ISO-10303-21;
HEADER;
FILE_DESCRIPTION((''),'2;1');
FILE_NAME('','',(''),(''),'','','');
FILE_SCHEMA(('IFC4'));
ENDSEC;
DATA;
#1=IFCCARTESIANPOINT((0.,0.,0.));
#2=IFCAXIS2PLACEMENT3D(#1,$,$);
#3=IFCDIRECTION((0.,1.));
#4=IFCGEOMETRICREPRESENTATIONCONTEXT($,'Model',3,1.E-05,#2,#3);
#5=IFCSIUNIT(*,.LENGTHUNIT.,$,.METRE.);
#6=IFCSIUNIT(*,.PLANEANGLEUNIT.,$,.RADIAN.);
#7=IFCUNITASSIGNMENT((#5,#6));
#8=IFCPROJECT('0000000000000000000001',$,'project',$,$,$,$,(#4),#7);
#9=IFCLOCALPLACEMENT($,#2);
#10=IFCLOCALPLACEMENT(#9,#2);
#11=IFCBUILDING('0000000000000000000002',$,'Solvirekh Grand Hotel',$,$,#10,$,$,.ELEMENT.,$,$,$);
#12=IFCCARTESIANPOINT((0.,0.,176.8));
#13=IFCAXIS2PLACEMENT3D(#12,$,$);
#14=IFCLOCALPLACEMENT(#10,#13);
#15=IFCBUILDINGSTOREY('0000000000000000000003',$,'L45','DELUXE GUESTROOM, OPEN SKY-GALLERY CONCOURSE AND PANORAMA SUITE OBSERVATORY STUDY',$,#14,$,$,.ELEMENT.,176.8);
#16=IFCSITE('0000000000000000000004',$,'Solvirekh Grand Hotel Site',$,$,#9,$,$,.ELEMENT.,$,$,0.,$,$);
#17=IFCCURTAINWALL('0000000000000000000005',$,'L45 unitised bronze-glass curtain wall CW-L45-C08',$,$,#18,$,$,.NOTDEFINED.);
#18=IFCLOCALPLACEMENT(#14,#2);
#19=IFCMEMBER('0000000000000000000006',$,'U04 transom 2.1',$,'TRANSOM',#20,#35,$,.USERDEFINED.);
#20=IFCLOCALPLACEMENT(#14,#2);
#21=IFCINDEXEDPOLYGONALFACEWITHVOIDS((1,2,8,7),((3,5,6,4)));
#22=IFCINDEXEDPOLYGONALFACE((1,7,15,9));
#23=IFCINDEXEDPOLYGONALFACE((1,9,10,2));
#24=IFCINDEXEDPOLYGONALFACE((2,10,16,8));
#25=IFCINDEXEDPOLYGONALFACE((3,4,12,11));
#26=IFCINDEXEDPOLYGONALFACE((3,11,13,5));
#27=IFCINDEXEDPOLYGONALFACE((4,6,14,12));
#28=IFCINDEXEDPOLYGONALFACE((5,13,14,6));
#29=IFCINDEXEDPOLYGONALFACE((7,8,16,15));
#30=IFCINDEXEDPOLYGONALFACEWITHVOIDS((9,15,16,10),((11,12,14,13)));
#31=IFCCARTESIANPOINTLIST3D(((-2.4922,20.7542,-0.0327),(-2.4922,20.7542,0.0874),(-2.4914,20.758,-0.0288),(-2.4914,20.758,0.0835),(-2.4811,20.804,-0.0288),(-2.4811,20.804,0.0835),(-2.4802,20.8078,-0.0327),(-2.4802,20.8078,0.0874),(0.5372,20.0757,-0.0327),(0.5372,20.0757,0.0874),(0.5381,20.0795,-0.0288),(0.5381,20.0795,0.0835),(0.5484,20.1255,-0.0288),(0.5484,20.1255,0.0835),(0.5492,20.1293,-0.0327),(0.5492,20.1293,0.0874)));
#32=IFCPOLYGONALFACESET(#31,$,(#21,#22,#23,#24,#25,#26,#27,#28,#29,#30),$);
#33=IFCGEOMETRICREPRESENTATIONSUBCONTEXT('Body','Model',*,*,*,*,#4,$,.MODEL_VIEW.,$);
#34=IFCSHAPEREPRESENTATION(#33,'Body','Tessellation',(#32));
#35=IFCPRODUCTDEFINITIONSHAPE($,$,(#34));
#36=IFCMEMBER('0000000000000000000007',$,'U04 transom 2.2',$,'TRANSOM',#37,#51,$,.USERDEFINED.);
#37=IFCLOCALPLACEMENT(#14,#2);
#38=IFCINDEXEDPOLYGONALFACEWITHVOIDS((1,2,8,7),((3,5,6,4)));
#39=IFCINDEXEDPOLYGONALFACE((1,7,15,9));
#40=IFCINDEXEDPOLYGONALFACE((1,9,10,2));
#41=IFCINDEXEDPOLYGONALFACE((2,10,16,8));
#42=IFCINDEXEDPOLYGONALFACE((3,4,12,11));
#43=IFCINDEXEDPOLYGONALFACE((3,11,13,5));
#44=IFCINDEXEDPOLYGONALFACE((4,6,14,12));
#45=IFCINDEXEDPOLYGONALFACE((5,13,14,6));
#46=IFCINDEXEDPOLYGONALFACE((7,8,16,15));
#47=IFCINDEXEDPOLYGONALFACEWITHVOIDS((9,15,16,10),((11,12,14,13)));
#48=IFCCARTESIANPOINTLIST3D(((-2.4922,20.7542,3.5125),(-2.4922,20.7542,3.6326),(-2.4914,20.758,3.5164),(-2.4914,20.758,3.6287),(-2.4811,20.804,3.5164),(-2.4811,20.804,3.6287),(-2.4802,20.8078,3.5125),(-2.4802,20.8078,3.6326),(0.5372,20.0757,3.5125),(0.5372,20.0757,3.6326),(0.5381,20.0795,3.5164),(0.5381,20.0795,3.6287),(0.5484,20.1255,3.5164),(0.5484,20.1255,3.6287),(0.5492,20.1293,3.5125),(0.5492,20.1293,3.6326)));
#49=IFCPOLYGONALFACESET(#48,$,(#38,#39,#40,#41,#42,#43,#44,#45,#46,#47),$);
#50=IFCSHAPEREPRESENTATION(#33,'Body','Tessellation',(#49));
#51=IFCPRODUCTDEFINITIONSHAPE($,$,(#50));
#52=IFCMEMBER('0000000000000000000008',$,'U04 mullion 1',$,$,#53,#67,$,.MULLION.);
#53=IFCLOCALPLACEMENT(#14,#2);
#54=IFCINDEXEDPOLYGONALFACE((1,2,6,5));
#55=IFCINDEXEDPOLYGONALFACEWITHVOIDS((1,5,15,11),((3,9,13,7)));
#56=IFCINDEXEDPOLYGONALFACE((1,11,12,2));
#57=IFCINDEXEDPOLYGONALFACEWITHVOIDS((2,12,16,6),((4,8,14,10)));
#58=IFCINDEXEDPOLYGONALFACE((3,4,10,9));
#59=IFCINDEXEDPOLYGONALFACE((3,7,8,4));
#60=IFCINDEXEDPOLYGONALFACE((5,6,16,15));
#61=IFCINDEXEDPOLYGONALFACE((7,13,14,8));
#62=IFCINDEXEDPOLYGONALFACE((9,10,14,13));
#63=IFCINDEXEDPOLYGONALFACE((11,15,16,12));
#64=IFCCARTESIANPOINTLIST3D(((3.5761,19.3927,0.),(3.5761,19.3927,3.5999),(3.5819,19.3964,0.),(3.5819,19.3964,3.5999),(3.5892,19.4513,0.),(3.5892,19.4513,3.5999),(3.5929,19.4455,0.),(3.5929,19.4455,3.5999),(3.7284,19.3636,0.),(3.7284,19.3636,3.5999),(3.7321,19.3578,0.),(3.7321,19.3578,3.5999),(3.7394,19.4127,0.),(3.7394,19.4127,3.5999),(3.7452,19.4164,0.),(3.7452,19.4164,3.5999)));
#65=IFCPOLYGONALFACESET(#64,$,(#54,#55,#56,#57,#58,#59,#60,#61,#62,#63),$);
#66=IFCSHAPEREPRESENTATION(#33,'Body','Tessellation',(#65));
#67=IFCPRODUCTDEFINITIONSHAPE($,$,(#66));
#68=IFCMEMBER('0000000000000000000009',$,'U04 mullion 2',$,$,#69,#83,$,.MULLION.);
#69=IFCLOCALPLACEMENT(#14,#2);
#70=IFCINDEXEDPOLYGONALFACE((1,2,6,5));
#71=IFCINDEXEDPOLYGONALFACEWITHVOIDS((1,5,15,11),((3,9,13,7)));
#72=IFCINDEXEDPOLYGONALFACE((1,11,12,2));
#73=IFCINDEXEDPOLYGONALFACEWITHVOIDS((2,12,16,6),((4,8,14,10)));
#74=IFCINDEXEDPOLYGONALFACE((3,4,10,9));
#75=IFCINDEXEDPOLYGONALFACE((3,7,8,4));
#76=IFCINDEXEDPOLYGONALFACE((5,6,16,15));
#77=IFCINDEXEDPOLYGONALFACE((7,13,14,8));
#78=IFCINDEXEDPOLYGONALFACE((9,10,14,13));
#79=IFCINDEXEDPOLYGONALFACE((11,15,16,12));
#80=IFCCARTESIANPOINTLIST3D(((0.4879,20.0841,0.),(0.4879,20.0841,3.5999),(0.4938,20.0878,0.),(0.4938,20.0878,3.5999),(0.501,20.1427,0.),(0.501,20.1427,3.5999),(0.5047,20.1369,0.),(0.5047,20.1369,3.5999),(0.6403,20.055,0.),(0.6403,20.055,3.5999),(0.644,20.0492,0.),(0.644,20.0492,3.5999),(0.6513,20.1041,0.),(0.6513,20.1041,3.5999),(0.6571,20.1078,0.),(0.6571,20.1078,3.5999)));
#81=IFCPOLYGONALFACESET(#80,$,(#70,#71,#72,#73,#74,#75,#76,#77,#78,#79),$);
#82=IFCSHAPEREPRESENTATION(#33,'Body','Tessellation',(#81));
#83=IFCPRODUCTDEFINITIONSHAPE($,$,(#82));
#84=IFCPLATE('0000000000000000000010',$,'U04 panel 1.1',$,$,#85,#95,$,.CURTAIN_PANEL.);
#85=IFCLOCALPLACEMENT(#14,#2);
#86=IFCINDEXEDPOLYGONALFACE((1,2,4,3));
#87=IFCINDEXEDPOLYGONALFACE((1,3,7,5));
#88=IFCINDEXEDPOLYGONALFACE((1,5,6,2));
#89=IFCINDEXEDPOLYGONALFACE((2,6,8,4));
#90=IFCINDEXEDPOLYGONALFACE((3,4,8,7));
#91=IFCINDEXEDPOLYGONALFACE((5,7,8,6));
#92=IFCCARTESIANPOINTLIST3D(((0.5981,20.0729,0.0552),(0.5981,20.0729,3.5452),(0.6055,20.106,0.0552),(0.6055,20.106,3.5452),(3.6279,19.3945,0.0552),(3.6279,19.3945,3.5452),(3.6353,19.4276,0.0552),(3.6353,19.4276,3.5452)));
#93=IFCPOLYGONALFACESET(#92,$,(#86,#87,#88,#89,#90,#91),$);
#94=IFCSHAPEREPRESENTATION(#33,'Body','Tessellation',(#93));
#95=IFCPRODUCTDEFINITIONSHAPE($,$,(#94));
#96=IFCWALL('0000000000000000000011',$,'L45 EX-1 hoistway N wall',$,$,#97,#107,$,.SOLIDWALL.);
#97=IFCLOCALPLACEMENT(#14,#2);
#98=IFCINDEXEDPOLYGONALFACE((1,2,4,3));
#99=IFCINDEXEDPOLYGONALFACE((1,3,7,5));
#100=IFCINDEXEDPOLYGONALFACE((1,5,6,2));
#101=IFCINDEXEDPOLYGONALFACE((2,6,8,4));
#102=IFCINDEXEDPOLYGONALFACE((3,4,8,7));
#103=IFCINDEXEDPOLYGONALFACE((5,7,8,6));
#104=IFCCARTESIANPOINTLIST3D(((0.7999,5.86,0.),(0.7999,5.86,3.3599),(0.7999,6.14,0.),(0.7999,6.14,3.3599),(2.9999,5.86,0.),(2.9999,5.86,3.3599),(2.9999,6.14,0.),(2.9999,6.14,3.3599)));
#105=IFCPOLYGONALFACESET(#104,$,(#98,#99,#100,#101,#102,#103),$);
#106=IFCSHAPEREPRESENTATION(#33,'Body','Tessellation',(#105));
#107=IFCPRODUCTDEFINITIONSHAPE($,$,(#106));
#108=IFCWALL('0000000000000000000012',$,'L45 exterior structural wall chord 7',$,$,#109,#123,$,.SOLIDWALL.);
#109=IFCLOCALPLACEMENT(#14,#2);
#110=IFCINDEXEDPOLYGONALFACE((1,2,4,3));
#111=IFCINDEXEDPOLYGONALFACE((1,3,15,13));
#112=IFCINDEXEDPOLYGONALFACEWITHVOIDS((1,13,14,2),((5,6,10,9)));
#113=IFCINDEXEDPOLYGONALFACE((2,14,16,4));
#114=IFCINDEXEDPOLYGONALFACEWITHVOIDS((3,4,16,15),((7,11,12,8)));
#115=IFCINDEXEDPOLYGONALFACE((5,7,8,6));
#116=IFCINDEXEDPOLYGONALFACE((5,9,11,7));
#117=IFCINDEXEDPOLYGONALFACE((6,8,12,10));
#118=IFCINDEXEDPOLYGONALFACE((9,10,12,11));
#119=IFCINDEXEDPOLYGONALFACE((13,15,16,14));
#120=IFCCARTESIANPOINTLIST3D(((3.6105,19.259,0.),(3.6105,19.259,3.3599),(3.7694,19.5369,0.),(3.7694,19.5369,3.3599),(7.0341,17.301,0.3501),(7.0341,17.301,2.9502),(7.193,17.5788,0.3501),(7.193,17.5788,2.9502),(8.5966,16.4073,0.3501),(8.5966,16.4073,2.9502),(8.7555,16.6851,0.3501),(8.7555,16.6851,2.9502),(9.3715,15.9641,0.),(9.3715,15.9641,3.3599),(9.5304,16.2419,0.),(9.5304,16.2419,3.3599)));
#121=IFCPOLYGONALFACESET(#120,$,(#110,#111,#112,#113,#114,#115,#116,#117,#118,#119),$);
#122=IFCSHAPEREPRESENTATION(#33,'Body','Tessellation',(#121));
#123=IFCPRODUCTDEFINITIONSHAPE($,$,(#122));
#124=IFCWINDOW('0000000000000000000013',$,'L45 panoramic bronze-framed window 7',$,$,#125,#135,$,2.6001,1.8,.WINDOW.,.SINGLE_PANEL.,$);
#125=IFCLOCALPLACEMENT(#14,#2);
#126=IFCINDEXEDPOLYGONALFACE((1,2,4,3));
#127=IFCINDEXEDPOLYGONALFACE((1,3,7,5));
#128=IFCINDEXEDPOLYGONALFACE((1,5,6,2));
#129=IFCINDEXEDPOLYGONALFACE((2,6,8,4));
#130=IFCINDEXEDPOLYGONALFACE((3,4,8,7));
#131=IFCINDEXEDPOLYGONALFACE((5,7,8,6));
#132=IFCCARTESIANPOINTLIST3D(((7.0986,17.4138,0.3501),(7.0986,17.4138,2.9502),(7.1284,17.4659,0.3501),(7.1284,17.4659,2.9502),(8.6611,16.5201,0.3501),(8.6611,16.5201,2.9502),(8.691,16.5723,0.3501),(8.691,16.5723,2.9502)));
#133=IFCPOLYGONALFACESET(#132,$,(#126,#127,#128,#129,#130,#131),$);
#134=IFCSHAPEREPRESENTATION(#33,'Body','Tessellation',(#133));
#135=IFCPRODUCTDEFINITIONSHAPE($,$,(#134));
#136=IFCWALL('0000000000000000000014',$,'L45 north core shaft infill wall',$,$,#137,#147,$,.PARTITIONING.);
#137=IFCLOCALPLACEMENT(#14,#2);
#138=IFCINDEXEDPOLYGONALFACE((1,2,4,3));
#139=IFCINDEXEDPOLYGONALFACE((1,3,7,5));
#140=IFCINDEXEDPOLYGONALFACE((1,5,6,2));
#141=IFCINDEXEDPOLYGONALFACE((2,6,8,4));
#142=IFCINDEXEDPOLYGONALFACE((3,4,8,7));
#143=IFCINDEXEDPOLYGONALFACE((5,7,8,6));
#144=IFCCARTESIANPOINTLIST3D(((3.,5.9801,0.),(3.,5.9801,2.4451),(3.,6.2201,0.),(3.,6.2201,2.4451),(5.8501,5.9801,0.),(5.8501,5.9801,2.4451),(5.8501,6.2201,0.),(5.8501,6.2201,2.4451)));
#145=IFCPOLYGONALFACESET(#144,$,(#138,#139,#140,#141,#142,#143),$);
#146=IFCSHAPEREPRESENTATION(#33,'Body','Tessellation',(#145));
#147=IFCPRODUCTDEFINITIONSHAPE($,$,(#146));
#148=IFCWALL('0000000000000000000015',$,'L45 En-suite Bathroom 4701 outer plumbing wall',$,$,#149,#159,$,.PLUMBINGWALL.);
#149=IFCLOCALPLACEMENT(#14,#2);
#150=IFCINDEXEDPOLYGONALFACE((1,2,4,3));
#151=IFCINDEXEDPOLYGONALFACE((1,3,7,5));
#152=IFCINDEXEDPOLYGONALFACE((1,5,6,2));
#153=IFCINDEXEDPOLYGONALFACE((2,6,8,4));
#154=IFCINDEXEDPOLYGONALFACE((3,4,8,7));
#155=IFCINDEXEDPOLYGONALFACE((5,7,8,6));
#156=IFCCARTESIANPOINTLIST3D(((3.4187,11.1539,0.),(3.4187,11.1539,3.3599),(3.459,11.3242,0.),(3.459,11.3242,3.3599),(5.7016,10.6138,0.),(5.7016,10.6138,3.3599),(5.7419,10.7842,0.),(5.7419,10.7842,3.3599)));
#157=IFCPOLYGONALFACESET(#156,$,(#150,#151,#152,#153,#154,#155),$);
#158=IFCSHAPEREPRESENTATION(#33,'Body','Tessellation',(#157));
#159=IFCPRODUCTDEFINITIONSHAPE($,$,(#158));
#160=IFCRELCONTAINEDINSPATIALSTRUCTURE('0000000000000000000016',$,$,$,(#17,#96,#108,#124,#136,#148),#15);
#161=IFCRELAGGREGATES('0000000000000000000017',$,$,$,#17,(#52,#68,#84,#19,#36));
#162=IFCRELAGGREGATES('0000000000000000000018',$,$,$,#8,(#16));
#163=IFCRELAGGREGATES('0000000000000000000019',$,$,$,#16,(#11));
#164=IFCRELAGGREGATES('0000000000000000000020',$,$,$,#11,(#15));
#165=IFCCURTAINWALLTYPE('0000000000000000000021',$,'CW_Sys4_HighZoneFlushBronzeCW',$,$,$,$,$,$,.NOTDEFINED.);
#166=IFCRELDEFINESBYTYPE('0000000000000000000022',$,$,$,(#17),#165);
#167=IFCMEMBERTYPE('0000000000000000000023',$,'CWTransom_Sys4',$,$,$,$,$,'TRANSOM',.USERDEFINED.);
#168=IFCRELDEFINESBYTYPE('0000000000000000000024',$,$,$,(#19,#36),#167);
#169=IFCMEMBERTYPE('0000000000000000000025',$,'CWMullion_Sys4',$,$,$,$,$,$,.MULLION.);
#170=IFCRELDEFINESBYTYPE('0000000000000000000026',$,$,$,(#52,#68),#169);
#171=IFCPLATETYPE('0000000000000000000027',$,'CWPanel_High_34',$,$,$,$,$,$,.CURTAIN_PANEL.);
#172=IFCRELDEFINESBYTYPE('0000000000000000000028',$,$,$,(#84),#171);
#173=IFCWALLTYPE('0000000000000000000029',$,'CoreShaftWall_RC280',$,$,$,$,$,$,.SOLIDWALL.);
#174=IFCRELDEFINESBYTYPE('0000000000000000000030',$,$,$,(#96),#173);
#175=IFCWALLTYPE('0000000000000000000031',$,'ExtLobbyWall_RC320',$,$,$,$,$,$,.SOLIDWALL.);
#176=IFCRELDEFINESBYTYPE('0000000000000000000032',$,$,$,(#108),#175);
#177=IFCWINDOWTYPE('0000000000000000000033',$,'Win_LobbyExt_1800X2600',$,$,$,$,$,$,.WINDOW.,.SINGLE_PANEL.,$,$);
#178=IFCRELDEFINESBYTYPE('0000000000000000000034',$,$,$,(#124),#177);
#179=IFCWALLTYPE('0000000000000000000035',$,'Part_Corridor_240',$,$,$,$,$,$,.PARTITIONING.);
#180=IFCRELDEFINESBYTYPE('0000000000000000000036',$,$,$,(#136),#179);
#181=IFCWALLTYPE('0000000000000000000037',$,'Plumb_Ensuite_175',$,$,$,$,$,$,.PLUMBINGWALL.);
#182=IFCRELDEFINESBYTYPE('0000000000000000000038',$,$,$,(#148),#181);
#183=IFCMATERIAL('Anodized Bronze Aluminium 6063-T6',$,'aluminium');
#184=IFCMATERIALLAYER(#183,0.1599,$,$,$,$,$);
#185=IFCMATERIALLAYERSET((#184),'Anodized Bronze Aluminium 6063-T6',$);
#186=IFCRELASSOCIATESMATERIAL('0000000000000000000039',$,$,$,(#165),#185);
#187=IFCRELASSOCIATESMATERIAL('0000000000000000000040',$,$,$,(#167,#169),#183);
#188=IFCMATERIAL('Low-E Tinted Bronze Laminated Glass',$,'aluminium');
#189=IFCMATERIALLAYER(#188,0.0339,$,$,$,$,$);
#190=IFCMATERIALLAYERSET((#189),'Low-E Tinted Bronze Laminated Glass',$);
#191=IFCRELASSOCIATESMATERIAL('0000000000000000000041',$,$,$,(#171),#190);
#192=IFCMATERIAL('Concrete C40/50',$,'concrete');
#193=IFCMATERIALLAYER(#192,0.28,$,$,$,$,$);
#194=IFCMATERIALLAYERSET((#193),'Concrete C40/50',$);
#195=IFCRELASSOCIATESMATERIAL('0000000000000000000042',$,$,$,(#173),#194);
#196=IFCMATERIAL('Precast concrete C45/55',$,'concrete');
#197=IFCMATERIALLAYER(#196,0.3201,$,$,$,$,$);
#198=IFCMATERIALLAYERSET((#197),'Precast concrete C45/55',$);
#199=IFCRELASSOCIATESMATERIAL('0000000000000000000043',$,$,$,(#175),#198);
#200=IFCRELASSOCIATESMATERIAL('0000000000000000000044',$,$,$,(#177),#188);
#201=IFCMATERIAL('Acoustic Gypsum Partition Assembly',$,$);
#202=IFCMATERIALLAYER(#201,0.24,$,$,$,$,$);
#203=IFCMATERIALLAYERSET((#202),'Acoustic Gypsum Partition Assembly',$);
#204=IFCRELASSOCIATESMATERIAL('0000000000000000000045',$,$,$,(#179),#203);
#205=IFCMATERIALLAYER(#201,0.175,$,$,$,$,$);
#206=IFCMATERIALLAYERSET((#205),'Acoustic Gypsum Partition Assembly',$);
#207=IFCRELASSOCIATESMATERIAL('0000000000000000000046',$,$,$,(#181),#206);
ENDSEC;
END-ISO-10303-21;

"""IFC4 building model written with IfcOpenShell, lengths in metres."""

from ifc_helpers import new_model, si_unit, direction, frame, frame_2d, origin, origin_2d, place, context, subcontext, project, spatial, rectangle, hollow_rectangle, extrude, source, transform, mapped, material, layer, layer_set, material_profile, profile_set, type_object, element, fill, aggregate, save


model = new_model("IFC4")

# Units and contexts
model_context = context("Model", 3, precision=1e-05, world=origin(), true_north=direction((0.0, 1.0)))
body_context = subcontext(model_context, "Body", "Model", "MODEL_VIEW")
ifc_project = project(units=[si_unit("LENGTHUNIT", "METRE"), si_unit("PLANEANGLEUNIT", "RADIAN")], contexts=[model_context])

# Site, building, storey
site_placement = place(None, origin())
site = spatial("IfcSite", under=ifc_project, at=site_placement, Name="Solvirekh Grand Hotel Site", CompositionType="ELEMENT", RefElevation=0.0)
building_placement = place(site_placement, origin())
building = spatial("IfcBuilding", under=site, at=building_placement, Name="Solvirekh Grand Hotel", CompositionType="ELEMENT")
storey_placement = place(building_placement, frame((0.0, 0.0, 176.8)))
storey = spatial("IfcBuildingStorey", under=building, at=storey_placement, Name="L45", Description="DELUXE GUESTROOM, OPEN SKY-GALLERY CONCOURSE AND PANORAMA SUITE OBSERVATORY STUDY", CompositionType="ELEMENT", Elevation=176.8)

# Curtain wall, members, plate
ifc_material_1 = material(Name="Anodized Bronze Aluminium 6063-T6", Category="aluminium")
ifc_layer_1 = layer(ifc_material_1, 0.1599)
ifc_layer_set_1 = layer_set([ifc_layer_1], Name="Anodized Bronze Aluminium 6063-T6")
curtain_wall_type = type_object("IfcCurtainWallType", Name="CW_Sys4_HighZoneFlushBronzeCW", PredefinedType="NOTDEFINED", material=ifc_layer_set_1)
curtain_wall_placement = place(storey_placement, origin())
curtain_wall = element("IfcCurtainWall", 1, at=curtain_wall_placement, inside=storey, type_object=curtain_wall_type, Name="L45 unitised bronze-glass curtain wall CW-L45-C08", PredefinedType="NOTDEFINED")
ifc_material_profile_1 = material_profile(ifc_material_1, hollow_rectangle(XDim=0.0549, YDim=0.1201, WallThickness=0.0039, at=origin_2d()), Name="ALU RHS 120X55X4")
ifc_profile_set_1 = profile_set([ifc_material_profile_1], Name="Anodized Bronze Aluminium 6063-T6")
member_type_1 = type_object("IfcMemberType", Name="CWTransom_Sys4", ElementType="TRANSOM", PredefinedType="USERDEFINED", material=ifc_profile_set_1)
shared_shape_1 = source(origin(), body_context, "Body", "SweptSolid", [
    extrude(hollow_rectangle(XDim=0.0549, YDim=0.1201, WallThickness=0.0039, at=origin_2d()), origin(), (0.0, 0.0, 1.0), 3.1045),
])
member_1_placement = place(storey_placement, frame((0.5432, 20.1025, 0.0273), z_axis=(-0.975829, 0.218537, 0.0), x_axis=(-0.218537, -0.975829, 0.0)))
member_1 = element("IfcMember", 2, at=member_1_placement, type_object=member_type_1, Name="U04 transom 2.1", ObjectType="TRANSOM", PredefinedType="USERDEFINED", context=body_context, shape_type="MappedRepresentation", body=[
    mapped(shared_shape_1, transform((0.0, 0.0, 0.0), x_axis=(1.0, 0.0, 0.0), y_axis=(0.0, 1.0, 0.0), z_axis=(0.0, 0.0, 1.0), scale=1.0)),
])
member_2_placement = place(storey_placement, frame((0.5432, 20.1025, 3.5725), z_axis=(-0.975829, 0.218537, 0.0), x_axis=(-0.218537, -0.975829, 0.0)))
member_2 = element("IfcMember", 3, at=member_2_placement, type_object=member_type_1, Name="U04 transom 2.2", ObjectType="TRANSOM", PredefinedType="USERDEFINED", context=body_context, shape_type="MappedRepresentation", body=[
    mapped(shared_shape_1, transform((0.0, 0.0, 0.0), x_axis=(1.0, 0.0, 0.0), y_axis=(0.0, 1.0, 0.0), z_axis=(0.0, 0.0, 1.0), scale=1.0)),
])
ifc_material_profile_2 = material_profile(ifc_material_1, hollow_rectangle(XDim=0.0601, YDim=0.1599, WallThickness=0.0049, at=origin_2d()), Name="ALU RHS 160X60X5")
ifc_profile_set_2 = profile_set([ifc_material_profile_2], Name="Anodized Bronze Aluminium 6063-T6")
member_type_2 = type_object("IfcMemberType", Name="CWMullion_Sys4", PredefinedType="MULLION", material=ifc_profile_set_2)
shared_shape_2 = source(origin(), body_context, "Body", "SweptSolid", [
    extrude(hollow_rectangle(XDim=0.0601, YDim=0.1599, WallThickness=0.0049, at=origin_2d()), origin(), (0.0, 0.0, 1.0), 3.5999),
])
member_3_placement = place(storey_placement, frame((3.6606, 19.4045, 0.0), z_axis=(0.0, 0.0, 1.0), x_axis=(-0.218488, -0.97584, 0.0)))
member_3 = element("IfcMember", 4, at=member_3_placement, type_object=member_type_2, Name="U04 mullion 1", PredefinedType="MULLION", context=body_context, shape_type="MappedRepresentation", body=[
    mapped(shared_shape_2, transform((0.0, 0.0, 0.0), x_axis=(1.0, 0.0, 0.0), y_axis=(0.0, 1.0, 0.0), z_axis=(0.0, 0.0, 1.0), scale=1.0)),
])
member_4_placement = place(storey_placement, frame((0.5725, 20.0959, 0.0), z_axis=(0.0, 0.0, 1.0), x_axis=(-0.218488, -0.97584, 0.0)))
member_4 = element("IfcMember", 5, at=member_4_placement, type_object=member_type_2, Name="U04 mullion 2", PredefinedType="MULLION", context=body_context, shape_type="MappedRepresentation", body=[
    mapped(shared_shape_2, transform((0.0, 0.0, 0.0), x_axis=(1.0, 0.0, 0.0), y_axis=(0.0, 1.0, 0.0), z_axis=(0.0, 0.0, 1.0), scale=1.0)),
])
ifc_material_2 = material(Name="Low-E Tinted Bronze Laminated Glass", Category="aluminium")
ifc_layer_2 = layer(ifc_material_2, 0.0339)
ifc_layer_set_2 = layer_set([ifc_layer_2], Name="Low-E Tinted Bronze Laminated Glass")
plate_type = type_object("IfcPlateType", Name="CWPanel_High_34", PredefinedType="CURTAIN_PANEL", material=ifc_layer_set_2)
shared_shape_3 = source(origin(), body_context, "Body", "SweptSolid", [
    extrude(rectangle(XDim=3.1047, YDim=0.0339, at=origin_2d()), origin(), (0.0, 0.0, 1.0), 3.49),
])
plate_placement = place(storey_placement, frame((2.1167, 19.7502, 0.0552), z_axis=(0.0, 0.0, 1.0), x_axis=(-0.97584, 0.218488, 0.0)))
plate = element("IfcPlate", 6, at=plate_placement, type_object=plate_type, Name="U04 panel 1.1", PredefinedType="CURTAIN_PANEL", context=body_context, shape_type="MappedRepresentation", body=[
    mapped(shared_shape_3, transform((0.0, 0.0, 0.0), x_axis=(1.0, 0.0, 0.0), y_axis=(0.0, 1.0, 0.0), z_axis=(0.0, 0.0, 1.0), scale=1.0)),
])
aggregate(curtain_wall, [member_3, member_4, plate, member_1, member_2])

# Wall
ifc_material_3 = material(Name="Concrete C40/50", Category="concrete")
ifc_layer_3 = layer(ifc_material_3, 0.28)
ifc_layer_set_3 = layer_set([ifc_layer_3], Name="Concrete C40/50")
wall_type_1 = type_object("IfcWallType", Name="CoreShaftWall_RC280", PredefinedType="SOLIDWALL", material=ifc_layer_set_3)
wall_1_placement = place(storey_placement, frame((3.0, 6.0, 0.0), z_axis=(0.0, 0.0, 1.0), x_axis=(-1.0, 0.0, 0.0)))
element("IfcWall", 7, at=wall_1_placement, inside=storey, type_object=wall_type_1, Name="L45 EX-1 hoistway N wall", PredefinedType="SOLIDWALL", context=body_context, shape_type="SweptSolid", body=[
    extrude(rectangle(XDim=2.2, YDim=0.28, at=frame_2d((1.1001, 0.0))), origin(), (0.0, 0.0, 1.0), 3.3599),
])

# Wall, opening, window
ifc_material_4 = material(Name="Precast concrete C45/55", Category="concrete")
ifc_layer_4 = layer(ifc_material_4, 0.3201)
ifc_layer_set_4 = layer_set([ifc_layer_4], Name="Precast concrete C45/55")
wall_type_2 = type_object("IfcWallType", Name="ExtLobbyWall_RC320", PredefinedType="SOLIDWALL", material=ifc_layer_set_4)
wall_2_placement = place(storey_placement, frame((3.6899, 19.3979, 0.0), z_axis=(0.0, 0.0, 1.0), x_axis=(0.868053, -0.496472, 0.0)))
wall_2 = element("IfcWall", 8, at=wall_2_placement, inside=storey, type_object=wall_type_2, Name="L45 exterior structural wall chord 7", PredefinedType="SOLIDWALL", context=body_context, shape_type="SweptSolid", body=[
    extrude(rectangle(XDim=6.6367, YDim=0.3201, at=frame_2d((3.3184, 0.0))), origin(), (0.0, 0.0, 1.0), 3.3599),
])
opening_1_placement = place(wall_2_placement, frame((3.9441, 0.0, 0.3501)))
opening_1 = element("IfcOpeningElement", 9, at=opening_1_placement, cuts=wall_2, PredefinedType="OPENING", context=body_context, shape_type="SweptSolid", body=[
    extrude(rectangle(XDim=1.8, YDim=2.6001, at=frame_2d((0.8999, 1.3))), frame((0.0, 0.1699, 0.0), z_axis=(0.0, -1.0, 0.0), x_axis=(1.0, 0.0, 0.0)), (0.0, 0.0, 1.0), 0.3401),
])
window_type = type_object("IfcWindowType", Name="Win_LobbyExt_1800X2600", PartitioningType="SINGLE_PANEL", PredefinedType="WINDOW", material=ifc_material_2)
window_placement = place(opening_1_placement, origin())
window = element("IfcWindow", 10, at=window_placement, inside=storey, type_object=window_type, Name="L45 panoramic bronze-framed window 7", OverallHeight=2.6001, OverallWidth=1.8, PartitioningType="SINGLE_PANEL", PredefinedType="WINDOW", context=body_context, shape_type="SweptSolid", body=[
    extrude(rectangle(XDim=1.8, YDim=2.6001, at=frame_2d((0.8999, 1.3))), frame((0.0, 0.03, 0.0), z_axis=(0.0, -1.0, 0.0), x_axis=(1.0, 0.0, 0.0)), (0.0, 0.0, 1.0), 0.0601),
])
fill(opening_1, window)

# Walls
ifc_material_5 = material(Name="Acoustic Gypsum Partition Assembly")
ifc_layer_5 = layer(ifc_material_5, 0.24)
ifc_layer_set_5 = layer_set([ifc_layer_5], Name="Acoustic Gypsum Partition Assembly")
wall_type_3 = type_object("IfcWallType", Name="Part_Corridor_240", PredefinedType="PARTITIONING", material=ifc_layer_set_5)
wall_3_placement = place(storey_placement, frame((3.0, 6.1001, 0.0), z_axis=(0.0, 0.0, 1.0), x_axis=(1.0, 0.0, 0.0)))
element("IfcWall", 11, at=wall_3_placement, inside=storey, type_object=wall_type_3, Name="L45 north core shaft infill wall", PredefinedType="PARTITIONING", context=body_context, shape_type="SweptSolid", body=[
    extrude(rectangle(XDim=2.8501, YDim=0.24, at=frame_2d((1.425, 0.0))), origin(), (0.0, 0.0, 1.0), 2.4451),
])
ifc_layer_6 = layer(ifc_material_5, 0.175)
ifc_layer_set_6 = layer_set([ifc_layer_6], Name="Acoustic Gypsum Partition Assembly")
wall_type_4 = type_object("IfcWallType", Name="Plumb_Ensuite_175", PredefinedType="PLUMBINGWALL", material=ifc_layer_set_6)
wall_4_placement = place(storey_placement, frame((3.439, 11.239, 0.0), z_axis=(0.0, 0.0, 1.0), x_axis=(0.973144, -0.230199, 0.0)))
element("IfcWall", 12, at=wall_4_placement, inside=storey, type_object=wall_type_4, Name="L45 En-suite Bathroom 4701 outer plumbing wall", PredefinedType="PLUMBINGWALL", context=body_context, shape_type="SweptSolid", body=[
    extrude(rectangle(XDim=2.3459, YDim=0.175, at=frame_2d((1.1729, 0.0))), origin(), (0.0, 0.0, 1.0), 3.3599),
])

save(model, "model.ifc")
